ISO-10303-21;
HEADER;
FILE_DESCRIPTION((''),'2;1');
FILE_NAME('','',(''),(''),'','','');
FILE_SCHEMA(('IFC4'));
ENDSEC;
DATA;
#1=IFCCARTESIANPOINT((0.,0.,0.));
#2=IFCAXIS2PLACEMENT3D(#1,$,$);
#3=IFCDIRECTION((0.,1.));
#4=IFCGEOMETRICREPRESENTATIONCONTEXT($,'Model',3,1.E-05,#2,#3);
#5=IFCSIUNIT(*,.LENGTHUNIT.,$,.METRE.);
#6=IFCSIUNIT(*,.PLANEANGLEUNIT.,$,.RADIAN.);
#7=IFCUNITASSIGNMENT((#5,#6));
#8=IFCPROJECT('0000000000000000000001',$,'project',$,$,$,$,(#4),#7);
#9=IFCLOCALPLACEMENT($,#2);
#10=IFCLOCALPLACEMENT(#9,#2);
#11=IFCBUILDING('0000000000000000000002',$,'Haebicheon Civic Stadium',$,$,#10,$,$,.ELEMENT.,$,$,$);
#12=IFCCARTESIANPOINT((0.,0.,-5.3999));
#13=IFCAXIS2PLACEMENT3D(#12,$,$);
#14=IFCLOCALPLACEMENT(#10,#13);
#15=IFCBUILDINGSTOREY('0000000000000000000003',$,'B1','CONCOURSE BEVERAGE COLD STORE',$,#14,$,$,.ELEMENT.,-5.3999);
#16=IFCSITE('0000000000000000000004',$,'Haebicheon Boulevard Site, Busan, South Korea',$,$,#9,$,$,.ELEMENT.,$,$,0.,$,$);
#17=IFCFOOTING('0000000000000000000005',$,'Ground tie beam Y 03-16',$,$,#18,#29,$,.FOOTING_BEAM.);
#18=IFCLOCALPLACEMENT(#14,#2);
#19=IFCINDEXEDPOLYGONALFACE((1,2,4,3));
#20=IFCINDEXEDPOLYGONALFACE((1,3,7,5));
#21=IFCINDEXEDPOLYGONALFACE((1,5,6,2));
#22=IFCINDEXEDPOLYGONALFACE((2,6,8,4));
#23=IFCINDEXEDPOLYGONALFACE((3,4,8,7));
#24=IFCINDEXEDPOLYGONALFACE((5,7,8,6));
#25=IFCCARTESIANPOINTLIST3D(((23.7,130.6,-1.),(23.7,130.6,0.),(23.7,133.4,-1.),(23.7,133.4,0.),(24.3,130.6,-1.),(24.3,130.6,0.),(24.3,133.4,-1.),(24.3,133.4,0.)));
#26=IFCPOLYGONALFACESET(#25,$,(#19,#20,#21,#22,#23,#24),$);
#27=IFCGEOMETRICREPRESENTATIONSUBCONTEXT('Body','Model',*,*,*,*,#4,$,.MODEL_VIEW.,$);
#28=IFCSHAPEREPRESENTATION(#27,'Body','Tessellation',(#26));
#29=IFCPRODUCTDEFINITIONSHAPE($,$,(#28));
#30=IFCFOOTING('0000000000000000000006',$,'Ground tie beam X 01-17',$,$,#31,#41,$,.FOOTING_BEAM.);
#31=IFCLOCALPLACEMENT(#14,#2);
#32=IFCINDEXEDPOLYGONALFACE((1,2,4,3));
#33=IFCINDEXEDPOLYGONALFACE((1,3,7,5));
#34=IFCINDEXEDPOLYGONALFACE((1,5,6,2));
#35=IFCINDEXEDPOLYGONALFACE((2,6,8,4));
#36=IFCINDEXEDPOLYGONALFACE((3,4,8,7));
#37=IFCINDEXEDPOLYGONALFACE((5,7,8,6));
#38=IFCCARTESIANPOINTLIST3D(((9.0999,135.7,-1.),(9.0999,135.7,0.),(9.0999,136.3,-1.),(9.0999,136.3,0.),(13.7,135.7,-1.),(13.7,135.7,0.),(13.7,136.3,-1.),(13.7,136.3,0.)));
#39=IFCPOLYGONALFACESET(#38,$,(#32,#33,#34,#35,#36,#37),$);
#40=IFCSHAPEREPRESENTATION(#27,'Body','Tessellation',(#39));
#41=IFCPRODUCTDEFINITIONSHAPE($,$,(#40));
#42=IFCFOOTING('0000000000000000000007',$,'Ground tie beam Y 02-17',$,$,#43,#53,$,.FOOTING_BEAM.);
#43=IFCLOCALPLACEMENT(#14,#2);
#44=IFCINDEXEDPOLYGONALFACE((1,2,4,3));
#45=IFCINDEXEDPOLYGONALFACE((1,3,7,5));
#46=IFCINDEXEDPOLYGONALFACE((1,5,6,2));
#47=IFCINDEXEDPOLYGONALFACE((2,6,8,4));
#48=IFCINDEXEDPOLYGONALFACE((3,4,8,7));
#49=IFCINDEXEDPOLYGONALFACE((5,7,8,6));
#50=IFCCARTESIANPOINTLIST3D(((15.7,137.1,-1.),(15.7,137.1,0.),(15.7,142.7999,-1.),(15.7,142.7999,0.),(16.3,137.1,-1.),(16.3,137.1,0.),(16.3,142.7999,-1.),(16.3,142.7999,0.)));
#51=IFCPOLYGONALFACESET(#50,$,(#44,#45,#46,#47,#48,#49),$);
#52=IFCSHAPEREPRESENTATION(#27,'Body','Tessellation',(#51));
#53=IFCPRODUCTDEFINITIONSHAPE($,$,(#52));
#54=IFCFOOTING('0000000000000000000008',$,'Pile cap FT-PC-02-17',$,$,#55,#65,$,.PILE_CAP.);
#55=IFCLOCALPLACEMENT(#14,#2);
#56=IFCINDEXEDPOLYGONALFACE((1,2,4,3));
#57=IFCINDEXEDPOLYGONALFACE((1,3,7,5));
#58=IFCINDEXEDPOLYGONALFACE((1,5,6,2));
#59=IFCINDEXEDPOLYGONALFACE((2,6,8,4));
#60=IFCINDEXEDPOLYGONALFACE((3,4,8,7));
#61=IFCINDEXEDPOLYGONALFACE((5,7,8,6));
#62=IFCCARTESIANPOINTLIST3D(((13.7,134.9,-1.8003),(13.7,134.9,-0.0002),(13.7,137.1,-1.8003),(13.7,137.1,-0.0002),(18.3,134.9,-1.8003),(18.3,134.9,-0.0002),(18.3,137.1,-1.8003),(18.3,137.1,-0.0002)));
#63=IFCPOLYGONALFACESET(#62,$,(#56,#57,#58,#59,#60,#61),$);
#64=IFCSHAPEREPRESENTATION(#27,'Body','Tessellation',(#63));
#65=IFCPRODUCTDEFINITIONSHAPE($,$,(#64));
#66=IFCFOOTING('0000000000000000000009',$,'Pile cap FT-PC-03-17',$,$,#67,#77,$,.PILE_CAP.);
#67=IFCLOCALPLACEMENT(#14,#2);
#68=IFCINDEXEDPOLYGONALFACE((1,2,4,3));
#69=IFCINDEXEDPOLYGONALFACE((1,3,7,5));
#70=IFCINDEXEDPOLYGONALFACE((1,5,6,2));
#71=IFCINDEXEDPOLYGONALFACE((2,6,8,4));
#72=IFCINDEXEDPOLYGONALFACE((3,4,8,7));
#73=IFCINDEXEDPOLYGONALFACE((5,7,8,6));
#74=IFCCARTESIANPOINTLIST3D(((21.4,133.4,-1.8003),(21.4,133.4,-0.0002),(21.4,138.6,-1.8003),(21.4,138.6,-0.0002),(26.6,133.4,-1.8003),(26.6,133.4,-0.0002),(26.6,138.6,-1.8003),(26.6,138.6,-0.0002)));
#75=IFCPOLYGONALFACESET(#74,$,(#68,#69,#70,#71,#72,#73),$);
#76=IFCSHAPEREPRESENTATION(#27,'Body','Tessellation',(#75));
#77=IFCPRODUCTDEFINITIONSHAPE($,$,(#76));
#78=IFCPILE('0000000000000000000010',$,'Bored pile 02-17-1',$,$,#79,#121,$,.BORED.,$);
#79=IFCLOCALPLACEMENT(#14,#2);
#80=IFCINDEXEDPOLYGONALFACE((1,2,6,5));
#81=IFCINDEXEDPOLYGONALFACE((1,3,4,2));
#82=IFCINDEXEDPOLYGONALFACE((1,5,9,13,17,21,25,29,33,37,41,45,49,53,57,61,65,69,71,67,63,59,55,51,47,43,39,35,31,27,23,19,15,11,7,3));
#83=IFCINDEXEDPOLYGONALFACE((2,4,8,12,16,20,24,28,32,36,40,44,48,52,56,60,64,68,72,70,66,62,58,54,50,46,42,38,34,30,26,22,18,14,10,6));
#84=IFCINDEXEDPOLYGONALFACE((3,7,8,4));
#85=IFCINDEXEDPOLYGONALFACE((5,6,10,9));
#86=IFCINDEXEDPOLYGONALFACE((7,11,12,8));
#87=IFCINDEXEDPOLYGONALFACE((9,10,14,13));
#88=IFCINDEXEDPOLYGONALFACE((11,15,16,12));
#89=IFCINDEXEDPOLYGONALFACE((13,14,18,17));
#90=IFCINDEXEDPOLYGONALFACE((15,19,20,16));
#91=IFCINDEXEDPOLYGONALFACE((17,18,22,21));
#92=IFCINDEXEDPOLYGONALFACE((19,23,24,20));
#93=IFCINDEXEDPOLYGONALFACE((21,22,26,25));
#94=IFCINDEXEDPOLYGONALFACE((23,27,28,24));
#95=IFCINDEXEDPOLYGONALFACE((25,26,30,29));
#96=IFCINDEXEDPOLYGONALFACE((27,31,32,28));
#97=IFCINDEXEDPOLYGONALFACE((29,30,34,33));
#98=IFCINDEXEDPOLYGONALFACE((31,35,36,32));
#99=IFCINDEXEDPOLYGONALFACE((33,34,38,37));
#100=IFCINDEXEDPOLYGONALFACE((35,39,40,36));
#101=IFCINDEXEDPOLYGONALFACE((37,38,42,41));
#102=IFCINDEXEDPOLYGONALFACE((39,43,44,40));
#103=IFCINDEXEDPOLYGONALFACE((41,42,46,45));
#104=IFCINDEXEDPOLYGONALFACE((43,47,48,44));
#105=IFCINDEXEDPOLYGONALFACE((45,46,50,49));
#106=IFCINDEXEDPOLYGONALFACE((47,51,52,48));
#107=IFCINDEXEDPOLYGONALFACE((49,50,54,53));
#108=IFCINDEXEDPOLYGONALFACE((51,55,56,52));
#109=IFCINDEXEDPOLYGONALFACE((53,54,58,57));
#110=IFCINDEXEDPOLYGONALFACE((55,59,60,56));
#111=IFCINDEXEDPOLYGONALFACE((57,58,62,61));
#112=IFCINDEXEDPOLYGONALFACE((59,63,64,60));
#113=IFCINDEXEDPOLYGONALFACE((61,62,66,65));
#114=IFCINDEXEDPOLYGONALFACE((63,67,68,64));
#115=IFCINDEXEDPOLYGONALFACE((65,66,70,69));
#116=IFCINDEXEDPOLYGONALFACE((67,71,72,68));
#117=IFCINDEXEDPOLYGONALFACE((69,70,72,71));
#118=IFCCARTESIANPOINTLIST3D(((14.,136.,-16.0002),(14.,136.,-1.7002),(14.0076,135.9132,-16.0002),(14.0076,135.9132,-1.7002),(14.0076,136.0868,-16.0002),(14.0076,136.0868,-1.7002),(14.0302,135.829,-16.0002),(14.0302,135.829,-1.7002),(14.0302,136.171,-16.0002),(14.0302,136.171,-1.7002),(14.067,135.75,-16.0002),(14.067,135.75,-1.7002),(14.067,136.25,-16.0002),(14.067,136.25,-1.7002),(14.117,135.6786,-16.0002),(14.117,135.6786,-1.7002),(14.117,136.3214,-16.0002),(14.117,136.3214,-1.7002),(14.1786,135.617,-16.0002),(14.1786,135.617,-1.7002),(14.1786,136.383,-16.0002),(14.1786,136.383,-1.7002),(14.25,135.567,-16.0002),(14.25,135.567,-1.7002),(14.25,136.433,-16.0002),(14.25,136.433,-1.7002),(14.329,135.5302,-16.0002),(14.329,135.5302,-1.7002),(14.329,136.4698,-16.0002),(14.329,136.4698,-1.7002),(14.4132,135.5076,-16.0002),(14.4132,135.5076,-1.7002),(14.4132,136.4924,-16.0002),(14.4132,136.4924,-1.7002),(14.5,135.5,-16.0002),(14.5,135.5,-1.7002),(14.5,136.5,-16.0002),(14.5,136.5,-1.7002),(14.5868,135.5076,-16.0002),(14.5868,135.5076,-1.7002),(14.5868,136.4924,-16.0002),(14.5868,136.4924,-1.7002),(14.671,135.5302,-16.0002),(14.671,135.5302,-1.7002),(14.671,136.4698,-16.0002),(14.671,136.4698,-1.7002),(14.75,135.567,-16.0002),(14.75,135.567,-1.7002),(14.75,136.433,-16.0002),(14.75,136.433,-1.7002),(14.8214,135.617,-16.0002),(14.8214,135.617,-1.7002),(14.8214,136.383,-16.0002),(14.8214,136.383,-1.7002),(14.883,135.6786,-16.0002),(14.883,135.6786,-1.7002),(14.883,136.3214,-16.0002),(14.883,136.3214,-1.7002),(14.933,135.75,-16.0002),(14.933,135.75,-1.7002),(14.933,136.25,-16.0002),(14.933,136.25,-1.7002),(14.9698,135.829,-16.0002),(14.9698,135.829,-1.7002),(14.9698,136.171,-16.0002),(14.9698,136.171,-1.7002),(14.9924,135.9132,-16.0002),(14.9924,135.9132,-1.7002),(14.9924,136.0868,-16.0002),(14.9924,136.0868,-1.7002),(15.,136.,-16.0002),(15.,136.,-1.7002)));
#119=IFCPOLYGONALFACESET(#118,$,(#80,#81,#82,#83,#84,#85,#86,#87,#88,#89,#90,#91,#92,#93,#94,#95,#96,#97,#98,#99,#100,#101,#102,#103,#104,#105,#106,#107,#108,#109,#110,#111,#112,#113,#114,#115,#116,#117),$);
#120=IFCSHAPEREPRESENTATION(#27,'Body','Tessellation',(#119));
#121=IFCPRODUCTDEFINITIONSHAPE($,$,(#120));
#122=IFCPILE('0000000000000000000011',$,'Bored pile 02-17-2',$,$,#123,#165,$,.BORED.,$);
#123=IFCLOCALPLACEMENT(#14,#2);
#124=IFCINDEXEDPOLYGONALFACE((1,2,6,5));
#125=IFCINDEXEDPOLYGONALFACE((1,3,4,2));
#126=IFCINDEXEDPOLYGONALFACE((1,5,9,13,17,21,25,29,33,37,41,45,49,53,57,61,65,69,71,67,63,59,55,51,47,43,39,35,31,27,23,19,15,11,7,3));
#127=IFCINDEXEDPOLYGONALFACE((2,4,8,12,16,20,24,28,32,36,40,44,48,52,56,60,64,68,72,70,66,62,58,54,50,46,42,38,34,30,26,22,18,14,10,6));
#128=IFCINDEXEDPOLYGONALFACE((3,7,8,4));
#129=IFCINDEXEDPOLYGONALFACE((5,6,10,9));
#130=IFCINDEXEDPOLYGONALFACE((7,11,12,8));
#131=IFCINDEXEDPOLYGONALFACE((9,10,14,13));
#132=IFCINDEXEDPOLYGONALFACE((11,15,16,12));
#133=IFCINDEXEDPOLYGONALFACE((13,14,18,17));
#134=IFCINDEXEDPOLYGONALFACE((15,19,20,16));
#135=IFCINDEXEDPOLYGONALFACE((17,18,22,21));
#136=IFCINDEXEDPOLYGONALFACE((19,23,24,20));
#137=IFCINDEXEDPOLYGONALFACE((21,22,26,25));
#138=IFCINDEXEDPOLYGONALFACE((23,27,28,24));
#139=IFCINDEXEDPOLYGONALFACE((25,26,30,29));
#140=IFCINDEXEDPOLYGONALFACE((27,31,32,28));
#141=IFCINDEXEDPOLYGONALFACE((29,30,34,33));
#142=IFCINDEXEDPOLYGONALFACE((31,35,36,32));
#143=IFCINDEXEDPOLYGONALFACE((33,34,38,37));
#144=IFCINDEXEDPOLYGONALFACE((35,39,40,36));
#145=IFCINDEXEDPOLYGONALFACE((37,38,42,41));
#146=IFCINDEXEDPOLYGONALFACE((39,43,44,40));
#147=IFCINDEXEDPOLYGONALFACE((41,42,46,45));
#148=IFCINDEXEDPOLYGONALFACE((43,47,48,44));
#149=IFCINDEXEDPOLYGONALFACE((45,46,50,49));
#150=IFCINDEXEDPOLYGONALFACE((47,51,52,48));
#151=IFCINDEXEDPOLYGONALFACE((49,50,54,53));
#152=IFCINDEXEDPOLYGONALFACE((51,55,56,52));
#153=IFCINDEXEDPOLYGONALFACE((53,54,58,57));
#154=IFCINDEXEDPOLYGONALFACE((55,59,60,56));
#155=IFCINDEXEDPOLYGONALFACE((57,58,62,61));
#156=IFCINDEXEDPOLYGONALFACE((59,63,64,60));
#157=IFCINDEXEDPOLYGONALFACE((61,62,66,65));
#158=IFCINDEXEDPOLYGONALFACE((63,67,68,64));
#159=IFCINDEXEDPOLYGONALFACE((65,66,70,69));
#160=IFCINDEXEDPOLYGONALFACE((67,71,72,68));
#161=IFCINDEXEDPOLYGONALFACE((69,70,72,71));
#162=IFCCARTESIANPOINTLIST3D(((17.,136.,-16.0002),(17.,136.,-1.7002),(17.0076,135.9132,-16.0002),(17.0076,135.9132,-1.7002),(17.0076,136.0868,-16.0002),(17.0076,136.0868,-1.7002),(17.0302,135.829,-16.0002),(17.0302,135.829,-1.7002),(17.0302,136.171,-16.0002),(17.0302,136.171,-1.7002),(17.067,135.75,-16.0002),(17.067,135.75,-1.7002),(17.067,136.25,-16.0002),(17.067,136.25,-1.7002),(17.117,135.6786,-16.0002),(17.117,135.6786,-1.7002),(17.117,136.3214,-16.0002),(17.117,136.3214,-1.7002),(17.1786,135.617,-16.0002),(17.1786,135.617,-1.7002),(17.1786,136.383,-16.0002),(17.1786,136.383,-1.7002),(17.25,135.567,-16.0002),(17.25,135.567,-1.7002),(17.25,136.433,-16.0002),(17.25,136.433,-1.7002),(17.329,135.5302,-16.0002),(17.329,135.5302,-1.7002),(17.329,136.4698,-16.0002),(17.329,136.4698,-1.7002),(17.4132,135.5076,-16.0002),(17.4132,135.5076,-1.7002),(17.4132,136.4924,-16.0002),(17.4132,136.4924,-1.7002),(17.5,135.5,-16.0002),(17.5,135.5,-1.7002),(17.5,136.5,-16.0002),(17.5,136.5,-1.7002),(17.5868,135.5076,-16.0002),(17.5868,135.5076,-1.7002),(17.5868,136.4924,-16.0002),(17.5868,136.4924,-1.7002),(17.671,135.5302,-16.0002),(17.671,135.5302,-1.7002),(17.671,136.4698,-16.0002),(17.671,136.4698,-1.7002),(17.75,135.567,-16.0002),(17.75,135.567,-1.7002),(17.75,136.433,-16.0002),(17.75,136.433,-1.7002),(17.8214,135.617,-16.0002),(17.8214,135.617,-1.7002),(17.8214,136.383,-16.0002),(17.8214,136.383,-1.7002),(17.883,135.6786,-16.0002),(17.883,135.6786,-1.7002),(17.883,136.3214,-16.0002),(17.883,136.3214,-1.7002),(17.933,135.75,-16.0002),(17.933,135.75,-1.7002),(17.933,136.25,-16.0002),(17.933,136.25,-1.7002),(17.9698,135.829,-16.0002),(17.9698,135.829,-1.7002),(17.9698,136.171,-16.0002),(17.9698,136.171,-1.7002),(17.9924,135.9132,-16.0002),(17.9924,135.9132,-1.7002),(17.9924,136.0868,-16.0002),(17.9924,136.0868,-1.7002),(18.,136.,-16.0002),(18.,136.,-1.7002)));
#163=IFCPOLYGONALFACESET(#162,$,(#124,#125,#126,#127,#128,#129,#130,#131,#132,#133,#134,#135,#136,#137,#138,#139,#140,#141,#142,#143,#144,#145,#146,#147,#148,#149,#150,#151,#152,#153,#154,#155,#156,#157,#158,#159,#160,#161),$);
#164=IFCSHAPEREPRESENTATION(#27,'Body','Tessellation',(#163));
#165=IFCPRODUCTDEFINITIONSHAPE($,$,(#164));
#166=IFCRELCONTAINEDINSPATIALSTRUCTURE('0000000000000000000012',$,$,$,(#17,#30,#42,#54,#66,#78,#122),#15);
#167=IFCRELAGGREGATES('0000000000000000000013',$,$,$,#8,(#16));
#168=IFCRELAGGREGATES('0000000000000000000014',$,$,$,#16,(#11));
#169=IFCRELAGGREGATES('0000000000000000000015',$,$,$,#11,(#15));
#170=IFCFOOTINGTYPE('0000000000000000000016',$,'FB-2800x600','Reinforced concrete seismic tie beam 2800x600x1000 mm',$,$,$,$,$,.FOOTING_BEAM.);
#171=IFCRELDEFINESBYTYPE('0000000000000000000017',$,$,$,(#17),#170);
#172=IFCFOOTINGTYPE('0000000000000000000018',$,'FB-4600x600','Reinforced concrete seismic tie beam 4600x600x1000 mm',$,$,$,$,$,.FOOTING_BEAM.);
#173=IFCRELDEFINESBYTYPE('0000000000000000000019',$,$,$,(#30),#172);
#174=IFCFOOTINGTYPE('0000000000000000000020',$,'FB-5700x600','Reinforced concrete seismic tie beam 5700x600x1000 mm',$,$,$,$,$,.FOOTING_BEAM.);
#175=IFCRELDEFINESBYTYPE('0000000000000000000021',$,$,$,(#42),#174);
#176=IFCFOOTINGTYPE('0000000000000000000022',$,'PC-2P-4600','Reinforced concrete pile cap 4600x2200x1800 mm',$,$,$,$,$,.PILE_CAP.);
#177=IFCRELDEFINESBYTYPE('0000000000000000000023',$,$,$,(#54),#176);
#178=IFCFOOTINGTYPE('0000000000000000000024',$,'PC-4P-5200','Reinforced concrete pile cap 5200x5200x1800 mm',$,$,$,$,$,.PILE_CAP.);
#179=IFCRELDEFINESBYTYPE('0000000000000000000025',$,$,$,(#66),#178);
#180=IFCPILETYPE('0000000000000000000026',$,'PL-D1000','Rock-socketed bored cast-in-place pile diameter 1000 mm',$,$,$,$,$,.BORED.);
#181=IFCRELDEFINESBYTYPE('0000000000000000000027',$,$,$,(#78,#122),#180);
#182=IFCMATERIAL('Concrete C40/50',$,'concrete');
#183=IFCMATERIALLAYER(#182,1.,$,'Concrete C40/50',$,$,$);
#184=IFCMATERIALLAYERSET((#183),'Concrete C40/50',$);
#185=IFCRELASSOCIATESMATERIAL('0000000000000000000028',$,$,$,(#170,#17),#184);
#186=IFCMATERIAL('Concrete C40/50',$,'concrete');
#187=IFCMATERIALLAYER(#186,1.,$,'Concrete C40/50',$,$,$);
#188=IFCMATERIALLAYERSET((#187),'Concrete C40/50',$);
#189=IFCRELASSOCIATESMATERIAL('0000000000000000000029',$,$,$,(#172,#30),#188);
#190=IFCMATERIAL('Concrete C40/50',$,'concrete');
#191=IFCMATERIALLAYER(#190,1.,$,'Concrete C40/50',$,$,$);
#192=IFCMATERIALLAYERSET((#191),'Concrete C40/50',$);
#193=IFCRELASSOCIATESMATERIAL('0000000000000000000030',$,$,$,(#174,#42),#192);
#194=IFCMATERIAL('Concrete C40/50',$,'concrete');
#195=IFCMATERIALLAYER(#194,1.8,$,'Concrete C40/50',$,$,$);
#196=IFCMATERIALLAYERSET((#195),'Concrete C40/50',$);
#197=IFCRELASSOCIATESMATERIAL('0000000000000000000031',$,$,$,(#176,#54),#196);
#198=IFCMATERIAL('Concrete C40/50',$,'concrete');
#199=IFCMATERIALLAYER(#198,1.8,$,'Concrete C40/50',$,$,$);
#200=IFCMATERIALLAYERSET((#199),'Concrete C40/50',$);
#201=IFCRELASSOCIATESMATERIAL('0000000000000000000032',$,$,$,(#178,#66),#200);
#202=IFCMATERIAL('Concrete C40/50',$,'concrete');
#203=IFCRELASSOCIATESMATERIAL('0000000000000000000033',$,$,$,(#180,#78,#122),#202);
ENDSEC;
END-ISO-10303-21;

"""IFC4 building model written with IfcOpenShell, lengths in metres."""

from ifc_helpers import new_model, si_unit, direction, frame, origin, origin_2d, place, context, subcontext, project, spatial, rectangle, circle, extrude, material, layer, layer_set, material_profile, profile_set, type_object, element, save


model = new_model("IFC4")

# Units and contexts
model_context = context("Model", 3, precision=1e-05, world=origin(), true_north=direction((0.0, 1.0)))
body_context = subcontext(model_context, "Body", "Model", "MODEL_VIEW")
ifc_project = project(units=[si_unit("LENGTHUNIT", "METRE"), si_unit("PLANEANGLEUNIT", "RADIAN")], contexts=[model_context])

# Site, building, storey
site_placement = place(None, origin())
site = spatial("IfcSite", under=ifc_project, at=site_placement, Name="Haebicheon Boulevard Site, Busan, South Korea", CompositionType="ELEMENT", RefElevation=0.0)
building_placement = place(site_placement, origin())
building = spatial("IfcBuilding", under=site, at=building_placement, Name="Haebicheon Civic Stadium", CompositionType="ELEMENT")
storey_placement = place(building_placement, frame((0.0, 0.0, -5.3999)))
storey = spatial("IfcBuildingStorey", under=building, at=storey_placement, Name="B1", Description="CONCOURSE BEVERAGE COLD STORE", CompositionType="ELEMENT", Elevation=-5.3999)

# Footings
ifc_material_1 = material(Name="Concrete C40/50", Category="concrete")
ifc_layer_1 = layer(ifc_material_1, 1.0, Name="Concrete C40/50")
ifc_layer_set_1 = layer_set([ifc_layer_1], Name="Concrete C40/50")
footing_type_1 = type_object("IfcFootingType", Name="FB-2800x600", Description="Reinforced concrete seismic tie beam 2800x600x1000 mm", PredefinedType="FOOTING_BEAM", material=ifc_layer_set_1)
footing_1_placement = place(storey_placement, frame((24.0, 132.0, -1.0), z_axis=(0.0, 0.0, 1.0), x_axis=(0.0, 1.0, 0.0)))
element("IfcFooting", 1, at=footing_1_placement, inside=storey, type_object=footing_type_1, material=ifc_layer_set_1, Name="Ground tie beam Y 03-16", PredefinedType="FOOTING_BEAM", context=body_context, shape_type="SweptSolid", body=[
    extrude(rectangle(XDim=2.8, YDim=0.6001, at=origin_2d()), origin(), (0.0, 0.0, 1.0), 1.0),
])
ifc_material_2 = material(Name="Concrete C40/50", Category="concrete")
ifc_layer_2 = layer(ifc_material_2, 1.0, Name="Concrete C40/50")
ifc_layer_set_2 = layer_set([ifc_layer_2], Name="Concrete C40/50")
footing_type_2 = type_object("IfcFootingType", Name="FB-4600x600", Description="Reinforced concrete seismic tie beam 4600x600x1000 mm", PredefinedType="FOOTING_BEAM", material=ifc_layer_set_2)
footing_2_placement = place(storey_placement, frame((11.3999, 136.0, -1.0), z_axis=(0.0, 0.0, 1.0), x_axis=(1.0, 0.0, 0.0)))
element("IfcFooting", 2, at=footing_2_placement, inside=storey, type_object=footing_type_2, material=ifc_layer_set_2, Name="Ground tie beam X 01-17", PredefinedType="FOOTING_BEAM", context=body_context, shape_type="SweptSolid", body=[
    extrude(rectangle(XDim=4.6001, YDim=0.6001, at=origin_2d()), origin(), (0.0, 0.0, 1.0), 1.0),
])
ifc_material_3 = material(Name="Concrete C40/50", Category="concrete")
ifc_layer_3 = layer(ifc_material_3, 1.0, Name="Concrete C40/50")
ifc_layer_set_3 = layer_set([ifc_layer_3], Name="Concrete C40/50")
footing_type_3 = type_object("IfcFootingType", Name="FB-5700x600", Description="Reinforced concrete seismic tie beam 5700x600x1000 mm", PredefinedType="FOOTING_BEAM", material=ifc_layer_set_3)
footing_3_placement = place(storey_placement, frame((16.0, 139.95, -1.0), z_axis=(0.0, 0.0, 1.0), x_axis=(0.0, 1.0, 0.0)))
element("IfcFooting", 3, at=footing_3_placement, inside=storey, type_object=footing_type_3, material=ifc_layer_set_3, Name="Ground tie beam Y 02-17", PredefinedType="FOOTING_BEAM", context=body_context, shape_type="SweptSolid", body=[
    extrude(rectangle(XDim=5.7, YDim=0.6001, at=origin_2d()), origin(), (0.0, 0.0, 1.0), 1.0),
])
ifc_material_4 = material(Name="Concrete C40/50", Category="concrete")
ifc_layer_4 = layer(ifc_material_4, 1.8, Name="Concrete C40/50")
ifc_layer_set_4 = layer_set([ifc_layer_4], Name="Concrete C40/50")
footing_type_4 = type_object("IfcFootingType", Name="PC-2P-4600", Description="Reinforced concrete pile cap 4600x2200x1800 mm", PredefinedType="PILE_CAP", material=ifc_layer_set_4)
footing_4_placement = place(storey_placement, frame((16.0, 136.0, -1.8003), z_axis=(0.0, 0.0, 1.0), x_axis=(1.0, 0.0, 0.0)))
element("IfcFooting", 4, at=footing_4_placement, inside=storey, type_object=footing_type_4, material=ifc_layer_set_4, Name="Pile cap FT-PC-02-17", PredefinedType="PILE_CAP", context=body_context, shape_type="SweptSolid", body=[
    extrude(rectangle(XDim=4.6001, YDim=2.2, at=origin_2d()), origin(), (0.0, 0.0, 1.0), 1.8),
])
ifc_material_5 = material(Name="Concrete C40/50", Category="concrete")
ifc_layer_5 = layer(ifc_material_5, 1.8, Name="Concrete C40/50")
ifc_layer_set_5 = layer_set([ifc_layer_5], Name="Concrete C40/50")
footing_type_5 = type_object("IfcFootingType", Name="PC-4P-5200", Description="Reinforced concrete pile cap 5200x5200x1800 mm", PredefinedType="PILE_CAP", material=ifc_layer_set_5)
footing_5_placement = place(storey_placement, frame((24.0, 136.0, -1.8003), z_axis=(0.0, 0.0, 1.0), x_axis=(1.0, 0.0, 0.0)))
element("IfcFooting", 5, at=footing_5_placement, inside=storey, type_object=footing_type_5, material=ifc_layer_set_5, Name="Pile cap FT-PC-03-17", PredefinedType="PILE_CAP", context=body_context, shape_type="SweptSolid", body=[
    extrude(rectangle(XDim=5.2, YDim=5.2, at=origin_2d()), origin(), (0.0, 0.0, 1.0), 1.8),
])

# Piles
ifc_material_6 = material(Name="Concrete C40/50", Category="concrete")
ifc_material_profile_1 = material_profile(ifc_material_6, circle(Radius=0.5, at=origin_2d()), Name="PILE-D1000")
ifc_profile_set_1 = profile_set([ifc_material_profile_1], Name="Concrete C40/50")
pile_type_1 = type_object("IfcPileType", Name="PL-D1000", Description="Rock-socketed bored cast-in-place pile diameter 1000 mm", PredefinedType="BORED", material=ifc_profile_set_1)
for number, where, z_axis, x_axis, name in (
    (6, (14.5, 136.0, -1.7002), (0.0, 0.0, -1.0), (1.0, 0.0, 0.0), "Bored pile 02-17-1"),
    (7, (17.5, 136.0, -1.7002), (0.0, 0.0, -1.0), (1.0, 0.0, 0.0), "Bored pile 02-17-2"),
):
    element("IfcPile", number, at=place(storey_placement, frame(where, z_axis=z_axis, x_axis=x_axis)), inside=storey, type_object=pile_type_1, material=ifc_profile_set_1, Name=name, PredefinedType="BORED", context=body_context, shape_type="SweptSolid", body=[
        extrude(circle(Radius=0.5, at=origin_2d()), origin(), (0.0, 0.0, 1.0), 14.3),
    ])

save(model, "model.ifc")
